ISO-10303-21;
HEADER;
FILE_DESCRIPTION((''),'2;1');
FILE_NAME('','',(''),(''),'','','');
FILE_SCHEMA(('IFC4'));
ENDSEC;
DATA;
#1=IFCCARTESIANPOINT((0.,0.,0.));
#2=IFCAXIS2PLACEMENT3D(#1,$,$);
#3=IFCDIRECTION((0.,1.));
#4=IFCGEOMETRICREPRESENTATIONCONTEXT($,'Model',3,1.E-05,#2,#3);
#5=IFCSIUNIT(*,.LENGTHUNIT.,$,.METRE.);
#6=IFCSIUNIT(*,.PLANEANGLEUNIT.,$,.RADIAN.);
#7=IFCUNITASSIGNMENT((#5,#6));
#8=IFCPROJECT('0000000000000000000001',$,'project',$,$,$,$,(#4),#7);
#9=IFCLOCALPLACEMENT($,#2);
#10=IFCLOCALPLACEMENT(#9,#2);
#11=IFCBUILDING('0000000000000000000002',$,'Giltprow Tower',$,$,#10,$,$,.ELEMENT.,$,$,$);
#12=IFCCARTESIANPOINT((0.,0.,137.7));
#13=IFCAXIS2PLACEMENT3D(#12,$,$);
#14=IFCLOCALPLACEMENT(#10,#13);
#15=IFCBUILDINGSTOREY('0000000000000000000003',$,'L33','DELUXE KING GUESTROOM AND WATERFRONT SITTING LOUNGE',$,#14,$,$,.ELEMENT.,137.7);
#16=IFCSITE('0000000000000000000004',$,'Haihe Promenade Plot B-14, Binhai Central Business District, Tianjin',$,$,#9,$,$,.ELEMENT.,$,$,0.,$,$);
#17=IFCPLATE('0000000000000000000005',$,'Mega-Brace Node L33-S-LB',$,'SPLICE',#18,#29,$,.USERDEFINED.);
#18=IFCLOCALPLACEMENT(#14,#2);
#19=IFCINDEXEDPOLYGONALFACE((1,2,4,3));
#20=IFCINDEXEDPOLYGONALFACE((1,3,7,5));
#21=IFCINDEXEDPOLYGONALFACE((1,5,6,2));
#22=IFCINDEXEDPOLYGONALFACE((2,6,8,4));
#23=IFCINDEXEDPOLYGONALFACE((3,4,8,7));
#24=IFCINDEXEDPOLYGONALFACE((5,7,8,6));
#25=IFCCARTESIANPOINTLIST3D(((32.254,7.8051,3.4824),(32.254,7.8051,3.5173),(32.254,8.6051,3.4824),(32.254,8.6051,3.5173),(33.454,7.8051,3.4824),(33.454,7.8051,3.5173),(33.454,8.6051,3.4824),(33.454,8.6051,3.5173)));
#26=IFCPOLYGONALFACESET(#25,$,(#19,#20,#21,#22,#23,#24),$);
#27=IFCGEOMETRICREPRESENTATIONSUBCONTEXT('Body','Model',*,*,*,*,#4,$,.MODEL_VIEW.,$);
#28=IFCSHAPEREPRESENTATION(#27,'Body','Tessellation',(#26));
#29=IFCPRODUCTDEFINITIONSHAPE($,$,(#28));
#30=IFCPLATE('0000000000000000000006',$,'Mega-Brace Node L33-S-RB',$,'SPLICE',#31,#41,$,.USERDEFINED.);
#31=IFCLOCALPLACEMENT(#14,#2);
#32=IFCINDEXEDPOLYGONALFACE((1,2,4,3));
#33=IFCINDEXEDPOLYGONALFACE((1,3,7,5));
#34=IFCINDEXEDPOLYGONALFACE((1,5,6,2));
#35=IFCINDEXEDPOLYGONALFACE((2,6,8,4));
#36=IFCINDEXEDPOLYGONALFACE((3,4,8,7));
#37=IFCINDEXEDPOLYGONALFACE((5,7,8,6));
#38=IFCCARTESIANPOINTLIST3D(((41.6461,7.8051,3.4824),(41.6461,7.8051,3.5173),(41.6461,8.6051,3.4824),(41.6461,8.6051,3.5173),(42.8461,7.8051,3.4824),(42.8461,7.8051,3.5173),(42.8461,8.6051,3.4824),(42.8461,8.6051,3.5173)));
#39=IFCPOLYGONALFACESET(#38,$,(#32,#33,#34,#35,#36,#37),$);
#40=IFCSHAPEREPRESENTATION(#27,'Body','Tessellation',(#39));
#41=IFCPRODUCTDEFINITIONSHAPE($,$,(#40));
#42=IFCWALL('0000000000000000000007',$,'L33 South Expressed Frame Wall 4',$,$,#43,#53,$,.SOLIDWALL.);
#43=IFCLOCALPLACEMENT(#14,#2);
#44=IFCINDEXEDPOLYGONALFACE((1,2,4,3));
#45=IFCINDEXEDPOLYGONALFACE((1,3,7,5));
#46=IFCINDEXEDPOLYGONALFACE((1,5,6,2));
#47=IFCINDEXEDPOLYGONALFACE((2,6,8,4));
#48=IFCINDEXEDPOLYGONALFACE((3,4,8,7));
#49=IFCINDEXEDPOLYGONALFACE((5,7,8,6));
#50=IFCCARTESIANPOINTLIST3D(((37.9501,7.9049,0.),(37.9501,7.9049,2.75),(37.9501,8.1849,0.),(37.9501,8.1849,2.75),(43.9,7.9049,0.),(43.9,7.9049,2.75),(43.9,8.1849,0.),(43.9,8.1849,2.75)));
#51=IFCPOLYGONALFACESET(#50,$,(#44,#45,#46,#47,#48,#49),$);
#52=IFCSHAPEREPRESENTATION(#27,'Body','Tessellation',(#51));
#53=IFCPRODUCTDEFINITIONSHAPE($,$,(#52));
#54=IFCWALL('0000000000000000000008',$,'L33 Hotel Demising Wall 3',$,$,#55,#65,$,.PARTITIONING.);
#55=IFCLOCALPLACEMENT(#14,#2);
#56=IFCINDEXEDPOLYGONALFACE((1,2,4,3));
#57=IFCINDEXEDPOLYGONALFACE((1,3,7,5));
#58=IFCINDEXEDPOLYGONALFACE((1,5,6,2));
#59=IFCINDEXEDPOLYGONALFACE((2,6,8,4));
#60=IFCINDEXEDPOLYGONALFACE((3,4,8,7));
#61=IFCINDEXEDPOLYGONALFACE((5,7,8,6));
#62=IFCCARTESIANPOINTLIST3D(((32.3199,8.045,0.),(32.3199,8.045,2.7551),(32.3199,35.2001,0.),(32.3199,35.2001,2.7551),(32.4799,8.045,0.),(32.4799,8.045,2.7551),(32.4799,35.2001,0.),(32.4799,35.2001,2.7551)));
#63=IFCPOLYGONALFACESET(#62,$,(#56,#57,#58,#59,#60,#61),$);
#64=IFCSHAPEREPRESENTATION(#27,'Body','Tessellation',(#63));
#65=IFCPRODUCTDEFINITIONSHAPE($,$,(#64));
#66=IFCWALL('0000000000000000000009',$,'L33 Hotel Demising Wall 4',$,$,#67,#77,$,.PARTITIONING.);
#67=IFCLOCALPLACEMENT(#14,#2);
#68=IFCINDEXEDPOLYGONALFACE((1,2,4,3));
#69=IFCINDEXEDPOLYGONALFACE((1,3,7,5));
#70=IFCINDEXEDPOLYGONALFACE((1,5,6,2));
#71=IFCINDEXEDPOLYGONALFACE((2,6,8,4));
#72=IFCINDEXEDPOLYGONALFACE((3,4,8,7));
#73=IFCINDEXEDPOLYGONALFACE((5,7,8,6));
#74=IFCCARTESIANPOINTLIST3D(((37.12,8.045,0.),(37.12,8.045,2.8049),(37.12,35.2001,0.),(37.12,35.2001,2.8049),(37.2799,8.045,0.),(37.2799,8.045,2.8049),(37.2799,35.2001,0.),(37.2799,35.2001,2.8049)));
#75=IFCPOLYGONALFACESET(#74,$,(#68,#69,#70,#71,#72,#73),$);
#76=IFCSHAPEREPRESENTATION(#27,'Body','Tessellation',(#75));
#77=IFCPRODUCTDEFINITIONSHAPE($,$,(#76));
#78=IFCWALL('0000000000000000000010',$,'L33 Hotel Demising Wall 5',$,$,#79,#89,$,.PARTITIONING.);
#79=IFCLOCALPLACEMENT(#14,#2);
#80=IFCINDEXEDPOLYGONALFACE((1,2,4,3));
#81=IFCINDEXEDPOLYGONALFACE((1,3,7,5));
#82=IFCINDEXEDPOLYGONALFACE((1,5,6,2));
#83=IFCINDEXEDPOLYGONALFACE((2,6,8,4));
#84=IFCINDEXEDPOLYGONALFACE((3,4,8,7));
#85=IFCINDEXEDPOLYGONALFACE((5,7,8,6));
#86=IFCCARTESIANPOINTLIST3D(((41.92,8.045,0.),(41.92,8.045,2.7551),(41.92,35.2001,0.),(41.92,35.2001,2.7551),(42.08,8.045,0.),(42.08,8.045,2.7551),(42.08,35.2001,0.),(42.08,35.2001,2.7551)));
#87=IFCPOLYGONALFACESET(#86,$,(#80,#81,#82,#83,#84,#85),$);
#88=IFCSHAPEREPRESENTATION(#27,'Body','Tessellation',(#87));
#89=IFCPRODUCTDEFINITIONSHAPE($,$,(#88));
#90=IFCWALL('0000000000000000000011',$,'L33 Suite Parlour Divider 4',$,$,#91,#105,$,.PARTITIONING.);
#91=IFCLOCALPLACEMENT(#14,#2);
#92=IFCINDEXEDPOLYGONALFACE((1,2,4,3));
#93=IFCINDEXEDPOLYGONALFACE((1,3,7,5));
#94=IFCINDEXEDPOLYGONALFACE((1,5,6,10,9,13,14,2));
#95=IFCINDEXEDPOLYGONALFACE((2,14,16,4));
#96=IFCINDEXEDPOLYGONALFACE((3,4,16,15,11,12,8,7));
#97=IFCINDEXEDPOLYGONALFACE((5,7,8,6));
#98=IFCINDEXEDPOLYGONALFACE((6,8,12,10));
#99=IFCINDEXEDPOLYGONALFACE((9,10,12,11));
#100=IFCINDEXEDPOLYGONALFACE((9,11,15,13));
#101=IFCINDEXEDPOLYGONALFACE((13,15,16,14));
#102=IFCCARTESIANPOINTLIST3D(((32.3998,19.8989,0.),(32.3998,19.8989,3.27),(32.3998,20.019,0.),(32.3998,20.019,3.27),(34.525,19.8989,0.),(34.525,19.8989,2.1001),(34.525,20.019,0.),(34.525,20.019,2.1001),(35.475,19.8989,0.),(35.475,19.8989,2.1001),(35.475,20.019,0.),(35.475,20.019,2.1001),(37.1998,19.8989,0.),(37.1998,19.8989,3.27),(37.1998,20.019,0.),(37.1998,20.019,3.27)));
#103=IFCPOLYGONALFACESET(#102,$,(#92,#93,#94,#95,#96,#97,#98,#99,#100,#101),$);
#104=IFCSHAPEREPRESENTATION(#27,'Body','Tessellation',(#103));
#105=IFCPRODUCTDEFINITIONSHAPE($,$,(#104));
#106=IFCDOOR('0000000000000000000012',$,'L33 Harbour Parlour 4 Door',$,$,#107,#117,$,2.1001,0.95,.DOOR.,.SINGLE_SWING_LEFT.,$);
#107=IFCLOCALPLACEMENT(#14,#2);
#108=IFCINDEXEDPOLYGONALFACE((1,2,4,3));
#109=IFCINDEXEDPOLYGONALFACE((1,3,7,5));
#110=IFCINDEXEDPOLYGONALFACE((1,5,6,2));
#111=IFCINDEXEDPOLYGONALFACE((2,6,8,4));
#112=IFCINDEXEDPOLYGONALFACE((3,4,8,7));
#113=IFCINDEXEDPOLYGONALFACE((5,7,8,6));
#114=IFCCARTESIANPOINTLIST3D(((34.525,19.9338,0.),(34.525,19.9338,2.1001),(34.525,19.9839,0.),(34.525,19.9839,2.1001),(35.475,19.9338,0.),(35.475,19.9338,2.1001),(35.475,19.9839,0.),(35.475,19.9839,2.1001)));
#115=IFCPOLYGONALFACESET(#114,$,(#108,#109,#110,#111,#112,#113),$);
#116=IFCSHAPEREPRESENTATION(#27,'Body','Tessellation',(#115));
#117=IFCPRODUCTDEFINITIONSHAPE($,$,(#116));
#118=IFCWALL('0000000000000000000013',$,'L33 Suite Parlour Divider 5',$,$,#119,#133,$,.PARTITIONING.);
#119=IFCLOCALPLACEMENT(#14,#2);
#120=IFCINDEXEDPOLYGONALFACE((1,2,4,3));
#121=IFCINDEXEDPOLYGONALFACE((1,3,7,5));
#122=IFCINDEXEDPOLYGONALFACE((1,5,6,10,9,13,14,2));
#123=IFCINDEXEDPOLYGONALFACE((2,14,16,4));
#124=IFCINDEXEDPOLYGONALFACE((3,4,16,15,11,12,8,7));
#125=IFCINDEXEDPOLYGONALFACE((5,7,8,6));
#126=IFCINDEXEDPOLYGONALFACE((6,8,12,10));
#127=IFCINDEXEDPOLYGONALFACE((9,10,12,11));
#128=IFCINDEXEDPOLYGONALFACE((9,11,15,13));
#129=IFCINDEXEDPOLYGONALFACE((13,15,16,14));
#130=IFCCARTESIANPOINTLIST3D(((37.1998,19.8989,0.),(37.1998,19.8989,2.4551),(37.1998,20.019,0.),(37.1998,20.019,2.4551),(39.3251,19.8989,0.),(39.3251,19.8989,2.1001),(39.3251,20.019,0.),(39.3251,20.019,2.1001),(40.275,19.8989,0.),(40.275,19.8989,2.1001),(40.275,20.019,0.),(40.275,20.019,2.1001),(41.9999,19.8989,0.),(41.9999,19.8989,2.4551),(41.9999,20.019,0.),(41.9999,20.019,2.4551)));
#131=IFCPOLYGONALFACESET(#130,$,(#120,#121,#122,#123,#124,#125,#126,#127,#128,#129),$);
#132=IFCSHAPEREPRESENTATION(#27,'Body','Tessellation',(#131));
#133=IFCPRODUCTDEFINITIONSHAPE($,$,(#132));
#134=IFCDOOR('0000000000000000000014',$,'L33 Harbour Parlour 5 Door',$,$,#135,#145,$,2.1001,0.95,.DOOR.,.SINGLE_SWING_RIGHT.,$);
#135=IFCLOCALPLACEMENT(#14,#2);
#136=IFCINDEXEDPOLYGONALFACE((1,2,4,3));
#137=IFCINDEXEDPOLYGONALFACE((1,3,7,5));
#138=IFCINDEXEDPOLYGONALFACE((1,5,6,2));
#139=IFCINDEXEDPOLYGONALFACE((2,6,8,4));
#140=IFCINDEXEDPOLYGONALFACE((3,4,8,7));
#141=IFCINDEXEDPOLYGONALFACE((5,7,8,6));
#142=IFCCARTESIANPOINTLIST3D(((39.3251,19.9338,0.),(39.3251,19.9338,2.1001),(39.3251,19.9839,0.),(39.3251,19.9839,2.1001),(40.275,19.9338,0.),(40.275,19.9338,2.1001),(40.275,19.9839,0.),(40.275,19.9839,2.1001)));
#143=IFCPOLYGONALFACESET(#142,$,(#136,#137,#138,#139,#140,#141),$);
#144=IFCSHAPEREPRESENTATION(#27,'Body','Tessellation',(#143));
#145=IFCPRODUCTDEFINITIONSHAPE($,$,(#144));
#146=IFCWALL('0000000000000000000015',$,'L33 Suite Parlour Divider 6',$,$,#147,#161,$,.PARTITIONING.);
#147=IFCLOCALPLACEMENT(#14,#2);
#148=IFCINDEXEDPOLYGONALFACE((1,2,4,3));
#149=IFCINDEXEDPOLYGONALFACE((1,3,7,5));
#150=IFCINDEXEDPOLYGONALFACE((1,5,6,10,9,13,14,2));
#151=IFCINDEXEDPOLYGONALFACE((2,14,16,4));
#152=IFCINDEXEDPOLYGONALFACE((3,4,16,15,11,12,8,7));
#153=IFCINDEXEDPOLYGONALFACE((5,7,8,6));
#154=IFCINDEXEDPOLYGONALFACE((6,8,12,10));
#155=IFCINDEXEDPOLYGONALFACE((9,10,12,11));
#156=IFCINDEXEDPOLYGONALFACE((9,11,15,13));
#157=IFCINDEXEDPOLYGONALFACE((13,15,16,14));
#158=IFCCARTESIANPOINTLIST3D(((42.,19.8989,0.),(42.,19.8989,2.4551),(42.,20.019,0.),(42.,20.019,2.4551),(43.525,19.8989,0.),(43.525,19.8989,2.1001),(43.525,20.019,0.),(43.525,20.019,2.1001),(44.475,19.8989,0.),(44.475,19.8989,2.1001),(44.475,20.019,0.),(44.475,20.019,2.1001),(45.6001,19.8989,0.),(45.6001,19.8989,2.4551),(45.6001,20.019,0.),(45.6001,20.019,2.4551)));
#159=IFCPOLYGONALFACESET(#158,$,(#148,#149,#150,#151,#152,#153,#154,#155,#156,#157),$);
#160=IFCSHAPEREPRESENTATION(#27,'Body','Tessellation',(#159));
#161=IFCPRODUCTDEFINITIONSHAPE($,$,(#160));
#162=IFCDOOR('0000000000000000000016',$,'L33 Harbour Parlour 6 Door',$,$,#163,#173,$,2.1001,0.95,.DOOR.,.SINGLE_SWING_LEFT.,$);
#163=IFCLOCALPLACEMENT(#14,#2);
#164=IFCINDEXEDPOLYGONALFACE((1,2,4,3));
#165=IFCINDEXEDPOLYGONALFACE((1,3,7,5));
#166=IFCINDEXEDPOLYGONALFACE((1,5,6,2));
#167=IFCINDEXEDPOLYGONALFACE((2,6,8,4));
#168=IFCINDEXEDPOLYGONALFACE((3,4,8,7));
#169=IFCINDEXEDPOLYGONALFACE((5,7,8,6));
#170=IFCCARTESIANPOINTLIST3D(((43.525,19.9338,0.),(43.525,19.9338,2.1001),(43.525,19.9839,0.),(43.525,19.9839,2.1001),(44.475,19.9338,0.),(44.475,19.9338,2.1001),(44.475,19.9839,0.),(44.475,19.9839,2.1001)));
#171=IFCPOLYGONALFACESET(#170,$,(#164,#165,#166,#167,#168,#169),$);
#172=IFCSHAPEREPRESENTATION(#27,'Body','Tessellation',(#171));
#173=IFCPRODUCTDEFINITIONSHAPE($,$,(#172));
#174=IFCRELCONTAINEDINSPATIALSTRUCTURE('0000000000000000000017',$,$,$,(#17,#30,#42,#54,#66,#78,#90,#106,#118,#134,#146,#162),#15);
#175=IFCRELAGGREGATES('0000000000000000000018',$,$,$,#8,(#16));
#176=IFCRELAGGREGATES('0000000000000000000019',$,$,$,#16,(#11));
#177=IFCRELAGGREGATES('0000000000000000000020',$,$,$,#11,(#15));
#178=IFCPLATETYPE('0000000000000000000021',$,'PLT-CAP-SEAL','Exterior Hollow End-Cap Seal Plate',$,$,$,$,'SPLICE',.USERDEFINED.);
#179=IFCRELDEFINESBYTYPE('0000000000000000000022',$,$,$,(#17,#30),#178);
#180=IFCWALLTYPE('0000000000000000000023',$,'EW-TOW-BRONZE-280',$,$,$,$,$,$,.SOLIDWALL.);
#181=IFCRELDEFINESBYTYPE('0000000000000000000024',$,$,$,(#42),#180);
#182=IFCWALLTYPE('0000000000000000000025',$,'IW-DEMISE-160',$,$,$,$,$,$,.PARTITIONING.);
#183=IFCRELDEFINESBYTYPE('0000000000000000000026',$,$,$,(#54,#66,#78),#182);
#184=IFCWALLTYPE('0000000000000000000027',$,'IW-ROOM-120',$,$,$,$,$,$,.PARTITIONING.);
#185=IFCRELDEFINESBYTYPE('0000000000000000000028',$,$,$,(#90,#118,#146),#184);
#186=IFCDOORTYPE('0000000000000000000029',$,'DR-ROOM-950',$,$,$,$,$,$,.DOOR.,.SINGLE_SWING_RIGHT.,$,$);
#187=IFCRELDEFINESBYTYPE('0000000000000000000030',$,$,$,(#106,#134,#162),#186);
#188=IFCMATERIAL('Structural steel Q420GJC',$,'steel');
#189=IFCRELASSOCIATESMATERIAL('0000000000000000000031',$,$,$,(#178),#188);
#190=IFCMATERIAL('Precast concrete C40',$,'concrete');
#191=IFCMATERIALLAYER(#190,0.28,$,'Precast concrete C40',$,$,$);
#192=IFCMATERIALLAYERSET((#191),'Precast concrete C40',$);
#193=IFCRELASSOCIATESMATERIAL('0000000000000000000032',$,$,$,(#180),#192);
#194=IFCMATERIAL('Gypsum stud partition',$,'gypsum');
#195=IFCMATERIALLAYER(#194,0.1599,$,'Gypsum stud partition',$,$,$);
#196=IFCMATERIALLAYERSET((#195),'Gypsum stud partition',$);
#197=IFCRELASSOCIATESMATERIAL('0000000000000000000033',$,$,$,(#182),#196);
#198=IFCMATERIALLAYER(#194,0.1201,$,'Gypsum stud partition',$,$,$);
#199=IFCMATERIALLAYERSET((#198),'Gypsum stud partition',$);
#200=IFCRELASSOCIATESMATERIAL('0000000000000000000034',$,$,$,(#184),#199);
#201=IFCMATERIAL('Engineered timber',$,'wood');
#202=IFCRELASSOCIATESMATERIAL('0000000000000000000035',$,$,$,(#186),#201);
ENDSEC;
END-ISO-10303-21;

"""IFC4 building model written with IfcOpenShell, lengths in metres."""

from ifc_helpers import new_model, si_unit, direction, frame, frame_2d, origin, origin_2d, place, context, subcontext, project, spatial, rectangle, extrude, source, transform, mapped, material, layer, layer_set, type_object, element, fill, save


model = new_model("IFC4")

# Units and contexts
model_context = context("Model", 3, precision=1e-05, world=origin(), true_north=direction((0.0, 1.0)))
body_context = subcontext(model_context, "Body", "Model", "MODEL_VIEW")
ifc_project = project(units=[si_unit("LENGTHUNIT", "METRE"), si_unit("PLANEANGLEUNIT", "RADIAN")], contexts=[model_context])

# Site, building, storey
site_placement = place(None, origin())
site = spatial("IfcSite", under=ifc_project, at=site_placement, Name="Haihe Promenade Plot B-14, Binhai Central Business District, Tianjin", CompositionType="ELEMENT", RefElevation=0.0)
building_placement = place(site_placement, origin())
building = spatial("IfcBuilding", under=site, at=building_placement, Name="Giltprow Tower", CompositionType="ELEMENT")
storey_placement = place(building_placement, frame((0.0, 0.0, 137.7)))
storey = spatial("IfcBuildingStorey", under=building, at=storey_placement, Name="L33", Description="DELUXE KING GUESTROOM AND WATERFRONT SITTING LOUNGE", CompositionType="ELEMENT", Elevation=137.7)

# Shared definitions
ifc_material_1 = material(Name="Structural steel Q420GJC", Category="steel")

# Plates
plate_type_1 = type_object("IfcPlateType", Name="PLT-CAP-SEAL", Description="Exterior Hollow End-Cap Seal Plate", ElementType="SPLICE", PredefinedType="USERDEFINED", material=ifc_material_1)
shared_shape_1 = source(origin(), body_context, "Body", "SweptSolid", [
    extrude(rectangle(XDim=1.2, YDim=0.8, at=origin_2d()), origin(), (0.0, 0.0, 1.0), 0.0349),
])
for number, where, z_axis, x_axis, name in (
    (1, (32.854, 8.2051, 3.4824), (0.0, 0.0, 1.0), (1.0, 0.0, 0.0), "Mega-Brace Node L33-S-LB"),
    (2, (42.2461, 8.2051, 3.4824), (0.0, 0.0, 1.0), (1.0, 0.0, 0.0), "Mega-Brace Node L33-S-RB"),
):
    element("IfcPlate", number, at=place(storey_placement, frame(where, z_axis=z_axis, x_axis=x_axis)), inside=storey, type_object=plate_type_1, Name=name, ObjectType="SPLICE", PredefinedType="USERDEFINED", context=body_context, shape_type="MappedRepresentation", body=[
        mapped(shared_shape_1, transform((0.0, 0.0, 0.0), x_axis=(1.0, 0.0, 0.0), y_axis=(0.0, 1.0, 0.0), z_axis=(0.0, 0.0, 1.0), scale=1.0)),
    ])

# Walls
ifc_material_2 = material(Name="Precast concrete C40", Category="concrete")
ifc_layer_1 = layer(ifc_material_2, 0.28, Name="Precast concrete C40")
ifc_layer_set_1 = layer_set([ifc_layer_1], Name="Precast concrete C40")
wall_type_1 = type_object("IfcWallType", Name="EW-TOW-BRONZE-280", PredefinedType="SOLIDWALL", material=ifc_layer_set_1)
wall_1_placement = place(storey_placement, frame((37.95, 8.0449, 0.0), z_axis=(0.0, 0.0, 1.0), x_axis=(1.0, 0.0, 0.0)))
element("IfcWall", 3, at=wall_1_placement, inside=storey, type_object=wall_type_1, Name="L33 South Expressed Frame Wall 4", PredefinedType="SOLIDWALL", context=body_context, shape_type="SweptSolid", body=[
    extrude(rectangle(XDim=5.95, YDim=0.28, at=frame_2d((2.9751, 0.0))), origin(), (0.0, 0.0, 1.0), 2.75),
])
ifc_material_3 = material(Name="Gypsum stud partition", Category="gypsum")
ifc_layer_2 = layer(ifc_material_3, 0.1599, Name="Gypsum stud partition")
ifc_layer_set_2 = layer_set([ifc_layer_2], Name="Gypsum stud partition")
wall_type_2 = type_object("IfcWallType", Name="IW-DEMISE-160", PredefinedType="PARTITIONING", material=ifc_layer_set_2)
wall_2_placement = place(storey_placement, frame((32.3999, 8.0449, 0.0), z_axis=(0.0, 0.0, 1.0), x_axis=(0.0, 1.0, 0.0)))
element("IfcWall", 4, at=wall_2_placement, inside=storey, type_object=wall_type_2, Name="L33 Hotel Demising Wall 3", PredefinedType="PARTITIONING", context=body_context, shape_type="SweptSolid", body=[
    extrude(rectangle(XDim=27.155, YDim=0.1599, at=frame_2d((13.5776, 0.0))), origin(), (0.0, 0.0, 1.0), 2.7551),
])
wall_3_placement = place(storey_placement, frame((37.2, 8.0449, 0.0), z_axis=(0.0, 0.0, 1.0), x_axis=(0.0, 1.0, 0.0)))
element("IfcWall", 5, at=wall_3_placement, inside=storey, type_object=wall_type_2, Name="L33 Hotel Demising Wall 4", PredefinedType="PARTITIONING", context=body_context, shape_type="SweptSolid", body=[
    extrude(rectangle(XDim=27.155, YDim=0.1599, at=frame_2d((13.5776, 0.0))), origin(), (0.0, 0.0, 1.0), 2.8049),
])
wall_4_placement = place(storey_placement, frame((42.0, 8.0449, 0.0), z_axis=(0.0, 0.0, 1.0), x_axis=(0.0, 1.0, 0.0)))
element("IfcWall", 6, at=wall_4_placement, inside=storey, type_object=wall_type_2, Name="L33 Hotel Demising Wall 5", PredefinedType="PARTITIONING", context=body_context, shape_type="SweptSolid", body=[
    extrude(rectangle(XDim=27.155, YDim=0.1599, at=frame_2d((13.5776, 0.0))), origin(), (0.0, 0.0, 1.0), 2.7551),
])

# Walls, openings, doors
ifc_layer_3 = layer(ifc_material_3, 0.1201, Name="Gypsum stud partition")
ifc_layer_set_3 = layer_set([ifc_layer_3], Name="Gypsum stud partition")
wall_type_3 = type_object("IfcWallType", Name="IW-ROOM-120", PredefinedType="PARTITIONING", material=ifc_layer_set_3)
wall_5_placement = place(storey_placement, frame((32.3999, 19.959, 0.0), z_axis=(0.0, 0.0, 1.0), x_axis=(1.0, 0.0, 0.0)))
wall_5 = element("IfcWall", 7, at=wall_5_placement, inside=storey, type_object=wall_type_3, Name="L33 Suite Parlour Divider 4", PredefinedType="PARTITIONING", context=body_context, shape_type="SweptSolid", body=[
    extrude(rectangle(XDim=4.8, YDim=0.1201, at=frame_2d((2.3999, 0.0))), origin(), (0.0, 0.0, 1.0), 3.27),
])
opening_1_placement = place(wall_5_placement, frame((2.125, 0.0, 0.0)))
opening_1 = element("IfcOpeningElement", 8, at=opening_1_placement, cuts=wall_5, PredefinedType="OPENING", context=body_context, shape_type="SweptSolid", body=[
    extrude(rectangle(XDim=0.95, YDim=2.1001, at=frame_2d((0.4751, 1.05))), frame((0.0, 0.0701, 0.0), z_axis=(0.0, -1.0, 0.0), x_axis=(1.0, 0.0, 0.0)), (0.0, 0.0, 1.0), 0.1401),
])
ifc_material_4 = material(Name="Engineered timber", Category="wood")
door_type = type_object("IfcDoorType", Name="DR-ROOM-950", OperationType="SINGLE_SWING_RIGHT", PredefinedType="DOOR", material=ifc_material_4)
shared_shape_2 = source(origin(), body_context, "Body", "SweptSolid", [
    extrude(rectangle(XDim=0.95, YDim=2.1001, at=frame_2d((0.4751, 1.05))), frame((0.0, 0.0249, 0.0), z_axis=(0.0, -1.0, 0.0), x_axis=(1.0, 0.0, 0.0)), (0.0, 0.0, 1.0), 0.05),
])
door_1_placement = place(opening_1_placement, origin())
door_1 = element("IfcDoor", 9, at=door_1_placement, inside=storey, type_object=door_type, Name="L33 Harbour Parlour 4 Door", OperationType="SINGLE_SWING_LEFT", OverallHeight=2.1001, OverallWidth=0.95, PredefinedType="DOOR", context=body_context, shape_type="MappedRepresentation", body=[
    mapped(shared_shape_2, transform((0.0, 0.0, 0.0), x_axis=(1.0, 0.0, 0.0), y_axis=(0.0, 1.0, 0.0), z_axis=(0.0, 0.0, 1.0), scale=1.0)),
])
fill(opening_1, door_1)
wall_6_placement = place(storey_placement, frame((37.2, 19.959, 0.0), z_axis=(0.0, 0.0, 1.0), x_axis=(1.0, 0.0, 0.0)))
wall_6 = element("IfcWall", 10, at=wall_6_placement, inside=storey, type_object=wall_type_3, Name="L33 Suite Parlour Divider 5", PredefinedType="PARTITIONING", context=body_context, shape_type="SweptSolid", body=[
    extrude(rectangle(XDim=4.8, YDim=0.1201, at=frame_2d((2.3999, 0.0))), origin(), (0.0, 0.0, 1.0), 2.4551),
])
opening_2_placement = place(wall_6_placement, frame((2.125, 0.0, 0.0)))
opening_2 = element("IfcOpeningElement", 11, at=opening_2_placement, cuts=wall_6, PredefinedType="OPENING", context=body_context, shape_type="SweptSolid", body=[
    extrude(rectangle(XDim=0.95, YDim=2.1001, at=frame_2d((0.4751, 1.05))), frame((0.0, 0.0701, 0.0), z_axis=(0.0, -1.0, 0.0), x_axis=(1.0, 0.0, 0.0)), (0.0, 0.0, 1.0), 0.1401),
])
door_2_placement = place(opening_2_placement, origin())
door_2 = element("IfcDoor", 12, at=door_2_placement, inside=storey, type_object=door_type, Name="L33 Harbour Parlour 5 Door", OperationType="SINGLE_SWING_RIGHT", OverallHeight=2.1001, OverallWidth=0.95, PredefinedType="DOOR", context=body_context, shape_type="MappedRepresentation", body=[
    mapped(shared_shape_2, transform((0.0, 0.0, 0.0), x_axis=(1.0, 0.0, 0.0), y_axis=(0.0, 1.0, 0.0), z_axis=(0.0, 0.0, 1.0), scale=1.0)),
])
fill(opening_2, door_2)
wall_7_placement = place(storey_placement, frame((42.0, 19.959, 0.0), z_axis=(0.0, 0.0, 1.0), x_axis=(1.0, 0.0, 0.0)))
wall_7 = element("IfcWall", 13, at=wall_7_placement, inside=storey, type_object=wall_type_3, Name="L33 Suite Parlour Divider 6", PredefinedType="PARTITIONING", context=body_context, shape_type="SweptSolid", body=[
    extrude(rectangle(XDim=3.6001, YDim=0.1201, at=frame_2d((1.8, 0.0))), origin(), (0.0, 0.0, 1.0), 2.4551),
])
opening_3_placement = place(wall_7_placement, frame((1.5249, 0.0, 0.0)))
opening_3 = element("IfcOpeningElement", 14, at=opening_3_placement, cuts=wall_7, PredefinedType="OPENING", context=body_context, shape_type="SweptSolid", body=[
    extrude(rectangle(XDim=0.95, YDim=2.1001, at=frame_2d((0.4751, 1.05))), frame((0.0, 0.0701, 0.0), z_axis=(0.0, -1.0, 0.0), x_axis=(1.0, 0.0, 0.0)), (0.0, 0.0, 1.0), 0.1401),
])
door_3_placement = place(opening_3_placement, origin())
door_3 = element("IfcDoor", 15, at=door_3_placement, inside=storey, type_object=door_type, Name="L33 Harbour Parlour 6 Door", OperationType="SINGLE_SWING_LEFT", OverallHeight=2.1001, OverallWidth=0.95, PredefinedType="DOOR", context=body_context, shape_type="MappedRepresentation", body=[
    mapped(shared_shape_2, transform((0.0, 0.0, 0.0), x_axis=(1.0, 0.0, 0.0), y_axis=(0.0, 1.0, 0.0), z_axis=(0.0, 0.0, 1.0), scale=1.0)),
])
fill(opening_3, door_3)

save(model, "model.ifc")
